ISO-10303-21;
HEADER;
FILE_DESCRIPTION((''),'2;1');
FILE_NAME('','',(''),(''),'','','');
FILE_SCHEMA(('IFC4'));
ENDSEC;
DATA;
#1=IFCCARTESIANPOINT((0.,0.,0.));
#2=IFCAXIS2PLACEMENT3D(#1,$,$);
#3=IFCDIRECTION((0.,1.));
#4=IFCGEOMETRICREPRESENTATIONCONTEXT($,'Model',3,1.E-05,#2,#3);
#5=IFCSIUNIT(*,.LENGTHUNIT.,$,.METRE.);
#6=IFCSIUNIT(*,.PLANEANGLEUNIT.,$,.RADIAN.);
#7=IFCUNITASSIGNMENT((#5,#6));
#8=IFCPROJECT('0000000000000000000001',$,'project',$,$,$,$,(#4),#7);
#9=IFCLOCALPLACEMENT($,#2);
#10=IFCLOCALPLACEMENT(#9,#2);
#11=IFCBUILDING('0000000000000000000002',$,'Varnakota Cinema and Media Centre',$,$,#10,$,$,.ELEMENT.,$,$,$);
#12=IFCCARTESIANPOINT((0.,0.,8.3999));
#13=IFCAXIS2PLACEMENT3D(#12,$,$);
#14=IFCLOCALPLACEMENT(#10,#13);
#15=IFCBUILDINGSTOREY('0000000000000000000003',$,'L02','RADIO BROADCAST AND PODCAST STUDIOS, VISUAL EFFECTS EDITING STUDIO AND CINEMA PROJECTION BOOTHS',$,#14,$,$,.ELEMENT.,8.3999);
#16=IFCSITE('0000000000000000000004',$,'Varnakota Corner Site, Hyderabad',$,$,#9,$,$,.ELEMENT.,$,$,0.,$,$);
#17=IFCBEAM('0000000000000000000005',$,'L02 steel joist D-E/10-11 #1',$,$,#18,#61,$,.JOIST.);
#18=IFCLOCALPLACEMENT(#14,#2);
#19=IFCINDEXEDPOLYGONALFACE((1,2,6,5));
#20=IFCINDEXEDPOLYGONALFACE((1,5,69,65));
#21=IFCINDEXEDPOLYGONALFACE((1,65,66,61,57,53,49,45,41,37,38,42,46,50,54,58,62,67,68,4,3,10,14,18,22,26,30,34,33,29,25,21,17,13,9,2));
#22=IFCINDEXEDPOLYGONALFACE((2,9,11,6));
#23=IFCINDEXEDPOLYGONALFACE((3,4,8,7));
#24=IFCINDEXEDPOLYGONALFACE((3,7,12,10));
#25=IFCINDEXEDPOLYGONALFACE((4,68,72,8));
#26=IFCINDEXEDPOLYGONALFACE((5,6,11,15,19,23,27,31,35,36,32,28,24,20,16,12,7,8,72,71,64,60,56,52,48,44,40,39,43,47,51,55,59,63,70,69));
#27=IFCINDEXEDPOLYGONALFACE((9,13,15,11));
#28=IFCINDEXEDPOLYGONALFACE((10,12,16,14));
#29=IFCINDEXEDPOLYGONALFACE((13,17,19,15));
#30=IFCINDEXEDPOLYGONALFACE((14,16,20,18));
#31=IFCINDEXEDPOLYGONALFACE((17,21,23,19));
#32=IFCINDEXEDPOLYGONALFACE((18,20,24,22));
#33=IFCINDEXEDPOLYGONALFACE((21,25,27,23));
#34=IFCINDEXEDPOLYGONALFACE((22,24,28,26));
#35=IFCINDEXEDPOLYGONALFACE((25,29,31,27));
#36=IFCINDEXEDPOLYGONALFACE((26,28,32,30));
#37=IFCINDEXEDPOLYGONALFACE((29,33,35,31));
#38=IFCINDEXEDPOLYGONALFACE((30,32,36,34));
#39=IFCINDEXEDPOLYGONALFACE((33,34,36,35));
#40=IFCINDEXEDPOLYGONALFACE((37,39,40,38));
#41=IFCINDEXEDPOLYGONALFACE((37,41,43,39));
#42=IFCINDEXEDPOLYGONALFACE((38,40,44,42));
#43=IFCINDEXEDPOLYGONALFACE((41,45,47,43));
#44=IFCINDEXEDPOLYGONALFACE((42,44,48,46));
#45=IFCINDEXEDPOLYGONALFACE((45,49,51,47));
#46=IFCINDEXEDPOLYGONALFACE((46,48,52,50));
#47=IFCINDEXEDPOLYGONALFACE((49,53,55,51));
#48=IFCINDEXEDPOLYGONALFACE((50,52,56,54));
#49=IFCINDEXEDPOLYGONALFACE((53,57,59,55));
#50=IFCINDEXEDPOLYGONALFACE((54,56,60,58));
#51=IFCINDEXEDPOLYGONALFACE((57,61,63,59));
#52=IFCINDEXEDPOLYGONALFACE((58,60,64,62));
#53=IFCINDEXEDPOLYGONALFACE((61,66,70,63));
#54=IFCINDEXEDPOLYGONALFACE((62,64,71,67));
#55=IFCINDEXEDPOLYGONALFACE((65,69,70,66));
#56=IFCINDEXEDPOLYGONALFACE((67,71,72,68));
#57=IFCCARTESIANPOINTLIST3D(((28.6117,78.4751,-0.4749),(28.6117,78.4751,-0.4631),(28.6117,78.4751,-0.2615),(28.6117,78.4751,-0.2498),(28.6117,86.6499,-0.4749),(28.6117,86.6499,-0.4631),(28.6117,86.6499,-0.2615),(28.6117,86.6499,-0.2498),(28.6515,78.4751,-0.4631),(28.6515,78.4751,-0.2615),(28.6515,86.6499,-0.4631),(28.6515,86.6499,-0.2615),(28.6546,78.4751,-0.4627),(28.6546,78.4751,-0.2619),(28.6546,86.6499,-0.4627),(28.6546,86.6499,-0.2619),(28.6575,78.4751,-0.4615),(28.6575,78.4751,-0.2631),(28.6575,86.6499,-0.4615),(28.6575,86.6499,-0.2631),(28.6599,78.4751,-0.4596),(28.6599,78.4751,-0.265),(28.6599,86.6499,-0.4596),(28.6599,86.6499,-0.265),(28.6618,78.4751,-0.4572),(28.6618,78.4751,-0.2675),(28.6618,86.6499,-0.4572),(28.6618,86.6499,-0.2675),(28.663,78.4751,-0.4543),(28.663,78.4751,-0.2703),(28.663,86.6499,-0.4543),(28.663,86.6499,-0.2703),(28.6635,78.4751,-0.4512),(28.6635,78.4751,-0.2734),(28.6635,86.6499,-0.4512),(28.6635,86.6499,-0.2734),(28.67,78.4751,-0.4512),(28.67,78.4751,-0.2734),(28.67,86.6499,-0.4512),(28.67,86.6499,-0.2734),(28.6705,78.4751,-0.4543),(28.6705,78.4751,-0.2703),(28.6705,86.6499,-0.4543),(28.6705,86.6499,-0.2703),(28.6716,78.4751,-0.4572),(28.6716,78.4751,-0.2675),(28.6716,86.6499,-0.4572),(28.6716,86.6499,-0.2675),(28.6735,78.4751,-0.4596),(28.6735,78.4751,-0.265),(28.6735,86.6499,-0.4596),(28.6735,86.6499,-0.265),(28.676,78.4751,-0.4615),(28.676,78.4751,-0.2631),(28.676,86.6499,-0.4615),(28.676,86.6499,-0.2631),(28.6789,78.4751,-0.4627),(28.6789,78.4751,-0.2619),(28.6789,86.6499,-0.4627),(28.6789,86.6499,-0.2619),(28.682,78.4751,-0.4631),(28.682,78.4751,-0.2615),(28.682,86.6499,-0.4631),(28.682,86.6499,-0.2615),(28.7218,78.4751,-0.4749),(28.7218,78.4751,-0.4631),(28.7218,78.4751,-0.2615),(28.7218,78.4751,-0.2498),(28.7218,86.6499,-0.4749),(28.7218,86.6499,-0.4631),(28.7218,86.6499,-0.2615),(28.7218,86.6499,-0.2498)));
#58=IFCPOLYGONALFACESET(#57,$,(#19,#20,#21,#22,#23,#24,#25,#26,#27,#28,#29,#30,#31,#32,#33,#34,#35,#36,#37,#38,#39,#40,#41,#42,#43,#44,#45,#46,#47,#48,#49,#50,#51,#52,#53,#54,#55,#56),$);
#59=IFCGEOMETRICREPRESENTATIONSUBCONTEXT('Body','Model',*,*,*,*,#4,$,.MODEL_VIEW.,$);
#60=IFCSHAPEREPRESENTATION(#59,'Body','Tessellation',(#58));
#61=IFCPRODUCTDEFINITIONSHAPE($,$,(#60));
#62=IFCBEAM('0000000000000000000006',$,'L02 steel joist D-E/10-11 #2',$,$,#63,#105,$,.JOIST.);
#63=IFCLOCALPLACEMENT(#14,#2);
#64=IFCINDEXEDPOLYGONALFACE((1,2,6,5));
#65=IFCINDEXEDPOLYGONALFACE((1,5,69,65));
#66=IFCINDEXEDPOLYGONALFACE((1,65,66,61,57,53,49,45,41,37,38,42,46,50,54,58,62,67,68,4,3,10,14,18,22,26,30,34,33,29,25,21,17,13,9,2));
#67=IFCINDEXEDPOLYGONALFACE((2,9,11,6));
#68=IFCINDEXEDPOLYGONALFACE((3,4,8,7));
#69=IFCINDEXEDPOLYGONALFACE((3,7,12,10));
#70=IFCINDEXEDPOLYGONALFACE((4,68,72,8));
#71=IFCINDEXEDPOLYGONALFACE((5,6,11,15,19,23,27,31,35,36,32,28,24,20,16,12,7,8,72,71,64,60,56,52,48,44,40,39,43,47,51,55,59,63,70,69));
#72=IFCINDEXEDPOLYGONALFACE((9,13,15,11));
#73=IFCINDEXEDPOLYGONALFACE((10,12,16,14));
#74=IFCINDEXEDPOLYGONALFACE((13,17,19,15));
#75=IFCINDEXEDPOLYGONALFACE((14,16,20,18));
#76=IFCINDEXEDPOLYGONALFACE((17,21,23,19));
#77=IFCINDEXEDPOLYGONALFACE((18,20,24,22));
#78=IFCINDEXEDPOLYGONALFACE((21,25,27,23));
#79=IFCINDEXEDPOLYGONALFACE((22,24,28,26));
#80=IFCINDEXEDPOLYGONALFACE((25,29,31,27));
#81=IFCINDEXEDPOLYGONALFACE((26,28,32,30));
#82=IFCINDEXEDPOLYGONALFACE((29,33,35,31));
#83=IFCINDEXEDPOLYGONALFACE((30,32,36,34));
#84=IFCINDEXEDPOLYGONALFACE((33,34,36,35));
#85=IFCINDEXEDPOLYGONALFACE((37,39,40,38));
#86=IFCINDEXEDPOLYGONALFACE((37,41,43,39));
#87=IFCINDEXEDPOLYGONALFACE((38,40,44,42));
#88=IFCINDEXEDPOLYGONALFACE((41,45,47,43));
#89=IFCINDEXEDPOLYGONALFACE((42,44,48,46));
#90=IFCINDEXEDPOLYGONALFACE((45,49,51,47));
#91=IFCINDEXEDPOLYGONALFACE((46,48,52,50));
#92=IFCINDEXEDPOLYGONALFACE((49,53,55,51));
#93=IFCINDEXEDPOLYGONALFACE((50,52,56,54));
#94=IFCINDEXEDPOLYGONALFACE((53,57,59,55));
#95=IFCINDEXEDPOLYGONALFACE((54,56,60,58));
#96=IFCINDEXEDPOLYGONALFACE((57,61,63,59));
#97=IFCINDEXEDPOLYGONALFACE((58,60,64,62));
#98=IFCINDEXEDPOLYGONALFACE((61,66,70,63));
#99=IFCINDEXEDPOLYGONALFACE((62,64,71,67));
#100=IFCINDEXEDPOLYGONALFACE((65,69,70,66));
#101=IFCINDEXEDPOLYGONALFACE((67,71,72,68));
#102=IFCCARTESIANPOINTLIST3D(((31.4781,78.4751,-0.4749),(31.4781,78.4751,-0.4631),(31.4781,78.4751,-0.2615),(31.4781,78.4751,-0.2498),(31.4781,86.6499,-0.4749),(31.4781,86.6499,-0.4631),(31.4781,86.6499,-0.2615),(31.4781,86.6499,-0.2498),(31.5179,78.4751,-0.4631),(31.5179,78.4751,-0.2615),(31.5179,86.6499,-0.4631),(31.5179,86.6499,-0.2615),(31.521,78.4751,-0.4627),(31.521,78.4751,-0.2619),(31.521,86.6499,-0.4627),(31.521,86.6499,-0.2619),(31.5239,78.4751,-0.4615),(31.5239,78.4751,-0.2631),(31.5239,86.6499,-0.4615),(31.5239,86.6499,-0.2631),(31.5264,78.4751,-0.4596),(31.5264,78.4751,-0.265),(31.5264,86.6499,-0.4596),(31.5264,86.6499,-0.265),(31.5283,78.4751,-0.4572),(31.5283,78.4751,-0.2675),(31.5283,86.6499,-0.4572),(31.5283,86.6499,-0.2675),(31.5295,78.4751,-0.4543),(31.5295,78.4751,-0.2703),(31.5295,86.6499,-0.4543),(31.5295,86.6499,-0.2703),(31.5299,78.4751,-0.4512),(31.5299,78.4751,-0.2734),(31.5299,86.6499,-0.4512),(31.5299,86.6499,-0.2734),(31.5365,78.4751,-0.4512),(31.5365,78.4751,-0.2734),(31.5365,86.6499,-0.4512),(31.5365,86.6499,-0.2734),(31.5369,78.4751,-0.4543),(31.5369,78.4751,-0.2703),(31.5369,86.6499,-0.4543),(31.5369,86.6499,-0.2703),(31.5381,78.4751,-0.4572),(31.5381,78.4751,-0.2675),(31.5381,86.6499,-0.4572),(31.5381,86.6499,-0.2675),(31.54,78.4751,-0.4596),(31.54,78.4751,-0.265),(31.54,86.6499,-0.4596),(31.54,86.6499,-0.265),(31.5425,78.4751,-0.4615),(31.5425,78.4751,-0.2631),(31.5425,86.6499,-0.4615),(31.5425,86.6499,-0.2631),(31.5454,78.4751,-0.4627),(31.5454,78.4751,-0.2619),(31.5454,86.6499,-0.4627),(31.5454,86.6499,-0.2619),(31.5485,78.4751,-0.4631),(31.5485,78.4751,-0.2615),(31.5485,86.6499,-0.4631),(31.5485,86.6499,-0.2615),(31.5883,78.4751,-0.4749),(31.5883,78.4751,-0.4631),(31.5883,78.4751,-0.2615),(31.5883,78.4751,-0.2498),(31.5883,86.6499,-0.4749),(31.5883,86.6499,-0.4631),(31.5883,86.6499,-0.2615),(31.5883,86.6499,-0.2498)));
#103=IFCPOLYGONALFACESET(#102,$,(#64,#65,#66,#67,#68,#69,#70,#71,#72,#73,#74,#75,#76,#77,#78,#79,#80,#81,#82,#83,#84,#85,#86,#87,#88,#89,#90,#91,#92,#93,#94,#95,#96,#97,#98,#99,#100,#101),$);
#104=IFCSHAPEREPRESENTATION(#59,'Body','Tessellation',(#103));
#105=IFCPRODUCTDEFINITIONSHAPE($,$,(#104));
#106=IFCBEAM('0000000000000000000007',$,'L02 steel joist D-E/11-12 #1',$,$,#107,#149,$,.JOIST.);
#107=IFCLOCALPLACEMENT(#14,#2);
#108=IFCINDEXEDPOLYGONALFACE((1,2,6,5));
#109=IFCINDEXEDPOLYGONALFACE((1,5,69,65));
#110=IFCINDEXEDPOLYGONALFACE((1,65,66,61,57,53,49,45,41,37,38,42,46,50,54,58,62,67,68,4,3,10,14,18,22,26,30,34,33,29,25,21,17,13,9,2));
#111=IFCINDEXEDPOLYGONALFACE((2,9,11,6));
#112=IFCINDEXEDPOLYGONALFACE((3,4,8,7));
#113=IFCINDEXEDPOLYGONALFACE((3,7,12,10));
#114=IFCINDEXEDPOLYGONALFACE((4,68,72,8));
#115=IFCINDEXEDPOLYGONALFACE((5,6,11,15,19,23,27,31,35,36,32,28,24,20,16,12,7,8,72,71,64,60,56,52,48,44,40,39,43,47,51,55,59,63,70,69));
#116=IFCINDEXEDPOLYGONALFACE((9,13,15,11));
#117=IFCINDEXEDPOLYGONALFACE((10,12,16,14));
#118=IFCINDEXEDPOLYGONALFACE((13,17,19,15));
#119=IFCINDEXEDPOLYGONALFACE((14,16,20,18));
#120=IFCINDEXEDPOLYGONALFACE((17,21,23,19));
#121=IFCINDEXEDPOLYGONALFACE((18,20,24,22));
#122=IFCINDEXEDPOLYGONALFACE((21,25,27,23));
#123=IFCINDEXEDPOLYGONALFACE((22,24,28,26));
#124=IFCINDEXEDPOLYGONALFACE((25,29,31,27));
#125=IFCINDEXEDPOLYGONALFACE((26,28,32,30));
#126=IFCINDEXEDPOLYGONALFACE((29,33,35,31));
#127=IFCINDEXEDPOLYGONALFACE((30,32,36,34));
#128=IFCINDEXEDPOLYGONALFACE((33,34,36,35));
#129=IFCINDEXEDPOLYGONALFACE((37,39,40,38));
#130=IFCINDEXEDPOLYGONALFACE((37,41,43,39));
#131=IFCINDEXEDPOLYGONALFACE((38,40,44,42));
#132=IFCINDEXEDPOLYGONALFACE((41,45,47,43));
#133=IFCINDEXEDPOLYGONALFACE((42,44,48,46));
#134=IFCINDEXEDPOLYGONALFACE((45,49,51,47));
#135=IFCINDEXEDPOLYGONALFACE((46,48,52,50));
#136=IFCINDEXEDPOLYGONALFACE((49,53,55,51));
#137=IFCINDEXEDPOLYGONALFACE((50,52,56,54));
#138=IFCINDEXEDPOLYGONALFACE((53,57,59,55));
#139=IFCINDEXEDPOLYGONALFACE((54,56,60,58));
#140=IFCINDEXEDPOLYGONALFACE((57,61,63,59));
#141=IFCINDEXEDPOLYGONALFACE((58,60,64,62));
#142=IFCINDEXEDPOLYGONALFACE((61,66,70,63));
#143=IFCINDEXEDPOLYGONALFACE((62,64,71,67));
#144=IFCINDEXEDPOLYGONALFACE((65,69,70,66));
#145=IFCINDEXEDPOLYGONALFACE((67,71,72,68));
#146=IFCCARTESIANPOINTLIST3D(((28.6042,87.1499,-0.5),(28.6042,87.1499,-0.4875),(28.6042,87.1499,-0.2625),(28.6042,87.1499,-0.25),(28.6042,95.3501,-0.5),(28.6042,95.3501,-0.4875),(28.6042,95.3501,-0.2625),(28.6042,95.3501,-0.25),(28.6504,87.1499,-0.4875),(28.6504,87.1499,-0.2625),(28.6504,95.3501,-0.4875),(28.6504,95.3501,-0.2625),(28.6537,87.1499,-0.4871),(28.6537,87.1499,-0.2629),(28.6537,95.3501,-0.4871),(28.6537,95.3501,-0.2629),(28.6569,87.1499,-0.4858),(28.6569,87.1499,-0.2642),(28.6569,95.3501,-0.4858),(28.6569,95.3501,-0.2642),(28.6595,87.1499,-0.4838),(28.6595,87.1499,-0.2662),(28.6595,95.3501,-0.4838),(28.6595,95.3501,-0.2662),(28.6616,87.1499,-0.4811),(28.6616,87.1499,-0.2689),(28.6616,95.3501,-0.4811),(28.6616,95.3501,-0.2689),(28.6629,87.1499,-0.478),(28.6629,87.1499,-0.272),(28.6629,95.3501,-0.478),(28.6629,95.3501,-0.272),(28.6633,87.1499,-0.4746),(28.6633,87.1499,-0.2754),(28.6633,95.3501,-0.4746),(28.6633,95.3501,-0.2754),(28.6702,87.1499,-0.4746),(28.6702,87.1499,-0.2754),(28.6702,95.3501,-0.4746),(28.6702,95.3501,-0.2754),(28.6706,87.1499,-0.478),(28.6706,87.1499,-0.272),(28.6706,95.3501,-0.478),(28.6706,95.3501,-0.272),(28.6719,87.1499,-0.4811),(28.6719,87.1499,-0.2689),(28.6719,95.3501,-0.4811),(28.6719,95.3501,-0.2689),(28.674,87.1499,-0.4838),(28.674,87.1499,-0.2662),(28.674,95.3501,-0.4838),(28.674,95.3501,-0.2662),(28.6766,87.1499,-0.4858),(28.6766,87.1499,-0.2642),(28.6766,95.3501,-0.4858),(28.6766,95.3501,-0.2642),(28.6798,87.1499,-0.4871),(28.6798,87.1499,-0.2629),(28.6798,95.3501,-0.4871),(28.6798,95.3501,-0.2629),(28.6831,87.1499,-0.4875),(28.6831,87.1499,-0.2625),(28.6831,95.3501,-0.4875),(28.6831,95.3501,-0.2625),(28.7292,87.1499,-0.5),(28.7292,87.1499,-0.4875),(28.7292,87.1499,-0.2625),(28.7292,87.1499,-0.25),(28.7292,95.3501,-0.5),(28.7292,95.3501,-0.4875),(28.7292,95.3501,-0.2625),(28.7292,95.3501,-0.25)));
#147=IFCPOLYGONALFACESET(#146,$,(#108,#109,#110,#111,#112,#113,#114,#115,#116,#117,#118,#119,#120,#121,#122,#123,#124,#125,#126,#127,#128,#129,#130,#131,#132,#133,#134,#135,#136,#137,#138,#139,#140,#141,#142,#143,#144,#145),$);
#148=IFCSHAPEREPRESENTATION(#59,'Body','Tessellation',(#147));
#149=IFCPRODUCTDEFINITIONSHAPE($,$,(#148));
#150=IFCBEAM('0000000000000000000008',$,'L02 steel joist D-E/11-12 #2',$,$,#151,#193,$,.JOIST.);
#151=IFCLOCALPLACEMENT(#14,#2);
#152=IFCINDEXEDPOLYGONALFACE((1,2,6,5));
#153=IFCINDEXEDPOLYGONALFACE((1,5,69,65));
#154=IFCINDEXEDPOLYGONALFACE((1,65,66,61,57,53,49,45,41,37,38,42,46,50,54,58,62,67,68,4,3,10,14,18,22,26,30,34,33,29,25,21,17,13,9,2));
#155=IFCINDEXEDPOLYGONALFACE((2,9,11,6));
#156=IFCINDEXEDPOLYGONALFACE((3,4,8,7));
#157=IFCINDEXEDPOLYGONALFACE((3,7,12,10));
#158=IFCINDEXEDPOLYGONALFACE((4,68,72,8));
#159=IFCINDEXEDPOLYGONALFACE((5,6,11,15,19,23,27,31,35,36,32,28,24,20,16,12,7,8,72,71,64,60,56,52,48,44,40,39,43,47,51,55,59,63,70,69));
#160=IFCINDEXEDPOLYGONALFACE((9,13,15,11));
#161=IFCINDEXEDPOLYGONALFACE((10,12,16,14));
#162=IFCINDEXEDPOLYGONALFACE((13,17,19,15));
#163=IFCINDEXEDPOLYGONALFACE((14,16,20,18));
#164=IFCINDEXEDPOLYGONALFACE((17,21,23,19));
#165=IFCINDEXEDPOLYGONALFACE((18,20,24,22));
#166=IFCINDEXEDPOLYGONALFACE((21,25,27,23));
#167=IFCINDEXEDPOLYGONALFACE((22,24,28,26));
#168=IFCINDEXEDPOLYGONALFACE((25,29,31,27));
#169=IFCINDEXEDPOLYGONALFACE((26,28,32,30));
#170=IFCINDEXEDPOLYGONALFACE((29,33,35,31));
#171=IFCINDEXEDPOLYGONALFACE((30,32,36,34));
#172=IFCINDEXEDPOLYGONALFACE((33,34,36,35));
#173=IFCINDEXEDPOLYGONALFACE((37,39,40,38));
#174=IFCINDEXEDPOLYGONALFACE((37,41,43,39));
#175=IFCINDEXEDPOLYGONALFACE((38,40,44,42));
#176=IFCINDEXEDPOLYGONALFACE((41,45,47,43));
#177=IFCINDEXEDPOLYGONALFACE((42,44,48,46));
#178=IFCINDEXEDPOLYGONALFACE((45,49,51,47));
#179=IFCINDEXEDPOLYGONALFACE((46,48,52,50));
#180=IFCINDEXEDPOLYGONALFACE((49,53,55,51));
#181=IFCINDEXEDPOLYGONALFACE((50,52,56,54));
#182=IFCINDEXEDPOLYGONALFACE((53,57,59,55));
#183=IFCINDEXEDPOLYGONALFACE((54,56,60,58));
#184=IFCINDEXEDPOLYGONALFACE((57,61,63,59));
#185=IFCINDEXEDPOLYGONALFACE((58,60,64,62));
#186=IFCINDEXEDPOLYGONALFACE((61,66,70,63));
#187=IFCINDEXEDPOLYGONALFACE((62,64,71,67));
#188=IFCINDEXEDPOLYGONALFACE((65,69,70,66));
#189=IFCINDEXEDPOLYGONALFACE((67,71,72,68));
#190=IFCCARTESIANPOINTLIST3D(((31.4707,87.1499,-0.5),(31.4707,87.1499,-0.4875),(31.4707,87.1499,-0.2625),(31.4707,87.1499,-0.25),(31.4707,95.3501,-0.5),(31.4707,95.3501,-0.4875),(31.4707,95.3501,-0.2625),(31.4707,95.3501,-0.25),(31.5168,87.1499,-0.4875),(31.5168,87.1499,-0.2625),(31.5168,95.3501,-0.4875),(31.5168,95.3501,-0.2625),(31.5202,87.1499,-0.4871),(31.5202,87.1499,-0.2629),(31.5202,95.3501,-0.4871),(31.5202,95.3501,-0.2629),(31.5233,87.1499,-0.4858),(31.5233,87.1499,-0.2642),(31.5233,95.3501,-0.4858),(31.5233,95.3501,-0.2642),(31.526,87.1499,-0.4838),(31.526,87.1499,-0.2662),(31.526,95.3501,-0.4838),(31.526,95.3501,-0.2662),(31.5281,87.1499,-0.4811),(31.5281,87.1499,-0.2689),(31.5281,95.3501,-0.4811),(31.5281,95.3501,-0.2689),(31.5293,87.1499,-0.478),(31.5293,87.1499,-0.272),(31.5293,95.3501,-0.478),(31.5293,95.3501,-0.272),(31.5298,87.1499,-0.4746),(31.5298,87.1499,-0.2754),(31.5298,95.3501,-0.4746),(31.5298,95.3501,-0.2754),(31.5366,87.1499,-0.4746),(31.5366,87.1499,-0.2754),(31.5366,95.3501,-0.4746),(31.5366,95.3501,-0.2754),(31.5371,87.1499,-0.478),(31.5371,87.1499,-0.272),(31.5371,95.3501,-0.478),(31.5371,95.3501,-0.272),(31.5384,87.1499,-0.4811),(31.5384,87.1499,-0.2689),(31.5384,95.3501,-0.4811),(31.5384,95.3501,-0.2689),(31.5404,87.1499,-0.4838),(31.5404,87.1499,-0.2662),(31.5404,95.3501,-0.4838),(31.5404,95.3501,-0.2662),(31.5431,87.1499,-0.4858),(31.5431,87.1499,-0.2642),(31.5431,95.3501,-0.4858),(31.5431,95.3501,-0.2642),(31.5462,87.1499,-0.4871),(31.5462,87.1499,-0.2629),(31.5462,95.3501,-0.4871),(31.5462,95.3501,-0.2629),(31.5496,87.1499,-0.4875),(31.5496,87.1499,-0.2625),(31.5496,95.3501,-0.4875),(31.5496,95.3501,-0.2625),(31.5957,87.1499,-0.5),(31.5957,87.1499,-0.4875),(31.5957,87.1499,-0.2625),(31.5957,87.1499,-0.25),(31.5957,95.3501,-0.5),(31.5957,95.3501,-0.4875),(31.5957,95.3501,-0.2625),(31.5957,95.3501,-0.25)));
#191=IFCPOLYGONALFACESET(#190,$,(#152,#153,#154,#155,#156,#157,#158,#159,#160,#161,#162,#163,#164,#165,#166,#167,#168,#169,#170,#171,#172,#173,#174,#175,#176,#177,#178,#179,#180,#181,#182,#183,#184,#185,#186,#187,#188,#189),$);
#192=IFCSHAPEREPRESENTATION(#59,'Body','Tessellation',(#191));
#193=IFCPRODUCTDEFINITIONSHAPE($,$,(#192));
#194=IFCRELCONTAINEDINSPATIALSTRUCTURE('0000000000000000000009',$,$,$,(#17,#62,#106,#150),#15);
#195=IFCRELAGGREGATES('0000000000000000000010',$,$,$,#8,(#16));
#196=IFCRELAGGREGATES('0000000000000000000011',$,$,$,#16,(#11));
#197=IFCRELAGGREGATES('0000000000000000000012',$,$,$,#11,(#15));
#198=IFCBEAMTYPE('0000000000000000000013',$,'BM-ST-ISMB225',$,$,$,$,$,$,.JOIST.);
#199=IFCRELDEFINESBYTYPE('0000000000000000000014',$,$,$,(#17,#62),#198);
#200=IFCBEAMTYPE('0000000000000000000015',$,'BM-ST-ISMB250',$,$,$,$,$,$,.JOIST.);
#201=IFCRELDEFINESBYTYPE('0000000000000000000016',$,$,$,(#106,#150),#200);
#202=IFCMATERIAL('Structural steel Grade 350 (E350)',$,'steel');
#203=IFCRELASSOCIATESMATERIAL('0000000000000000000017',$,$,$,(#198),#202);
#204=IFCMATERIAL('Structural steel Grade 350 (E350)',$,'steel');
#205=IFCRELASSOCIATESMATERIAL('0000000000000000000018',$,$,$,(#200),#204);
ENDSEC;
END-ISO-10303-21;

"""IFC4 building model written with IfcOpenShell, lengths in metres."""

from ifc_helpers import new_model, si_unit, direction, frame, origin, origin_2d, place, context, subcontext, project, spatial, i_section, extrude, material, material_profile, profile_set, type_object, element, save


model = new_model("IFC4")

# Units and contexts
model_context = context("Model", 3, precision=1e-05, world=origin(), true_north=direction((0.0, 1.0)))
body_context = subcontext(model_context, "Body", "Model", "MODEL_VIEW")
ifc_project = project(units=[si_unit("LENGTHUNIT", "METRE"), si_unit("PLANEANGLEUNIT", "RADIAN")], contexts=[model_context])

# Site, building, storey
site_placement = place(None, origin())
site = spatial("IfcSite", under=ifc_project, at=site_placement, Name="Varnakota Corner Site, Hyderabad", CompositionType="ELEMENT", RefElevation=0.0)
building_placement = place(site_placement, origin())
building = spatial("IfcBuilding", under=site, at=building_placement, Name="Varnakota Cinema and Media Centre", CompositionType="ELEMENT")
storey_placement = place(building_placement, frame((0.0, 0.0, 8.3999)))
storey = spatial("IfcBuildingStorey", under=building, at=storey_placement, Name="L02", Description="RADIO BROADCAST AND PODCAST STUDIOS, VISUAL EFFECTS EDITING STUDIO AND CINEMA PROJECTION BOOTHS", CompositionType="ELEMENT", Elevation=8.3999)

# Beams
ifc_material_1 = material(Name="Structural steel Grade 350 (E350)", Category="steel")
ifc_material_profile_1 = material_profile(ifc_material_1, i_section(OverallWidth=0.1101, OverallDepth=0.2251, WebThickness=0.0066, FlangeThickness=0.0117, FilletRadius=0.012, at=origin_2d()), Name="ISMB 225")
ifc_profile_set_1 = profile_set([ifc_material_profile_1], Name="Structural steel Grade 350 (E350)")
beam_type_1 = type_object("IfcBeamType", Name="BM-ST-ISMB225", PredefinedType="JOIST", material=ifc_profile_set_1)
for number, where, z_axis, x_axis, name in (
    (1, (28.6667, 78.4751, -0.3623), (0.0, 1.0, 0.0), (-1.0, 0.0, 0.0), "L02 steel joist D-E/10-11 #1"),
    (2, (31.5332, 78.4751, -0.3623), (0.0, 1.0, 0.0), (-1.0, 0.0, 0.0), "L02 steel joist D-E/10-11 #2"),
):
    element("IfcBeam", number, at=place(storey_placement, frame(where, z_axis=z_axis, x_axis=x_axis)), inside=storey, type_object=beam_type_1, Name=name, PredefinedType="JOIST", context=body_context, shape_type="SweptSolid", body=[
        extrude(i_section(OverallWidth=0.1101, OverallDepth=0.2251, WebThickness=0.0066, FlangeThickness=0.0117, FilletRadius=0.012, at=origin_2d()), origin(), (0.0, 0.0, 1.0), 8.1748),
    ])
ifc_material_2 = material(Name="Structural steel Grade 350 (E350)", Category="steel")
ifc_material_profile_2 = material_profile(ifc_material_2, i_section(OverallWidth=0.125, OverallDepth=0.25, WebThickness=0.0068, FlangeThickness=0.0125, FilletRadius=0.0129, at=origin_2d()), Name="ISMB 250")
ifc_profile_set_2 = profile_set([ifc_material_profile_2], Name="Structural steel Grade 350 (E350)")
beam_type_2 = type_object("IfcBeamType", Name="BM-ST-ISMB250", PredefinedType="JOIST", material=ifc_profile_set_2)
for number, where, z_axis, x_axis, name in (
    (3, (28.6667, 87.1499, -0.375), (0.0, 1.0, 0.0), (-1.0, 0.0, 0.0), "L02 steel joist D-E/11-12 #1"),
    (4, (31.5332, 87.1499, -0.375), (0.0, 1.0, 0.0), (-1.0, 0.0, 0.0), "L02 steel joist D-E/11-12 #2"),
):
    element("IfcBeam", number, at=place(storey_placement, frame(where, z_axis=z_axis, x_axis=x_axis)), inside=storey, type_object=beam_type_2, Name=name, PredefinedType="JOIST", context=body_context, shape_type="SweptSolid", body=[
        extrude(i_section(OverallWidth=0.125, OverallDepth=0.25, WebThickness=0.0068, FlangeThickness=0.0125, FilletRadius=0.0129, at=origin_2d()), origin(), (0.0, 0.0, 1.0), 8.2002),
    ])

save(model, "model.ifc")
